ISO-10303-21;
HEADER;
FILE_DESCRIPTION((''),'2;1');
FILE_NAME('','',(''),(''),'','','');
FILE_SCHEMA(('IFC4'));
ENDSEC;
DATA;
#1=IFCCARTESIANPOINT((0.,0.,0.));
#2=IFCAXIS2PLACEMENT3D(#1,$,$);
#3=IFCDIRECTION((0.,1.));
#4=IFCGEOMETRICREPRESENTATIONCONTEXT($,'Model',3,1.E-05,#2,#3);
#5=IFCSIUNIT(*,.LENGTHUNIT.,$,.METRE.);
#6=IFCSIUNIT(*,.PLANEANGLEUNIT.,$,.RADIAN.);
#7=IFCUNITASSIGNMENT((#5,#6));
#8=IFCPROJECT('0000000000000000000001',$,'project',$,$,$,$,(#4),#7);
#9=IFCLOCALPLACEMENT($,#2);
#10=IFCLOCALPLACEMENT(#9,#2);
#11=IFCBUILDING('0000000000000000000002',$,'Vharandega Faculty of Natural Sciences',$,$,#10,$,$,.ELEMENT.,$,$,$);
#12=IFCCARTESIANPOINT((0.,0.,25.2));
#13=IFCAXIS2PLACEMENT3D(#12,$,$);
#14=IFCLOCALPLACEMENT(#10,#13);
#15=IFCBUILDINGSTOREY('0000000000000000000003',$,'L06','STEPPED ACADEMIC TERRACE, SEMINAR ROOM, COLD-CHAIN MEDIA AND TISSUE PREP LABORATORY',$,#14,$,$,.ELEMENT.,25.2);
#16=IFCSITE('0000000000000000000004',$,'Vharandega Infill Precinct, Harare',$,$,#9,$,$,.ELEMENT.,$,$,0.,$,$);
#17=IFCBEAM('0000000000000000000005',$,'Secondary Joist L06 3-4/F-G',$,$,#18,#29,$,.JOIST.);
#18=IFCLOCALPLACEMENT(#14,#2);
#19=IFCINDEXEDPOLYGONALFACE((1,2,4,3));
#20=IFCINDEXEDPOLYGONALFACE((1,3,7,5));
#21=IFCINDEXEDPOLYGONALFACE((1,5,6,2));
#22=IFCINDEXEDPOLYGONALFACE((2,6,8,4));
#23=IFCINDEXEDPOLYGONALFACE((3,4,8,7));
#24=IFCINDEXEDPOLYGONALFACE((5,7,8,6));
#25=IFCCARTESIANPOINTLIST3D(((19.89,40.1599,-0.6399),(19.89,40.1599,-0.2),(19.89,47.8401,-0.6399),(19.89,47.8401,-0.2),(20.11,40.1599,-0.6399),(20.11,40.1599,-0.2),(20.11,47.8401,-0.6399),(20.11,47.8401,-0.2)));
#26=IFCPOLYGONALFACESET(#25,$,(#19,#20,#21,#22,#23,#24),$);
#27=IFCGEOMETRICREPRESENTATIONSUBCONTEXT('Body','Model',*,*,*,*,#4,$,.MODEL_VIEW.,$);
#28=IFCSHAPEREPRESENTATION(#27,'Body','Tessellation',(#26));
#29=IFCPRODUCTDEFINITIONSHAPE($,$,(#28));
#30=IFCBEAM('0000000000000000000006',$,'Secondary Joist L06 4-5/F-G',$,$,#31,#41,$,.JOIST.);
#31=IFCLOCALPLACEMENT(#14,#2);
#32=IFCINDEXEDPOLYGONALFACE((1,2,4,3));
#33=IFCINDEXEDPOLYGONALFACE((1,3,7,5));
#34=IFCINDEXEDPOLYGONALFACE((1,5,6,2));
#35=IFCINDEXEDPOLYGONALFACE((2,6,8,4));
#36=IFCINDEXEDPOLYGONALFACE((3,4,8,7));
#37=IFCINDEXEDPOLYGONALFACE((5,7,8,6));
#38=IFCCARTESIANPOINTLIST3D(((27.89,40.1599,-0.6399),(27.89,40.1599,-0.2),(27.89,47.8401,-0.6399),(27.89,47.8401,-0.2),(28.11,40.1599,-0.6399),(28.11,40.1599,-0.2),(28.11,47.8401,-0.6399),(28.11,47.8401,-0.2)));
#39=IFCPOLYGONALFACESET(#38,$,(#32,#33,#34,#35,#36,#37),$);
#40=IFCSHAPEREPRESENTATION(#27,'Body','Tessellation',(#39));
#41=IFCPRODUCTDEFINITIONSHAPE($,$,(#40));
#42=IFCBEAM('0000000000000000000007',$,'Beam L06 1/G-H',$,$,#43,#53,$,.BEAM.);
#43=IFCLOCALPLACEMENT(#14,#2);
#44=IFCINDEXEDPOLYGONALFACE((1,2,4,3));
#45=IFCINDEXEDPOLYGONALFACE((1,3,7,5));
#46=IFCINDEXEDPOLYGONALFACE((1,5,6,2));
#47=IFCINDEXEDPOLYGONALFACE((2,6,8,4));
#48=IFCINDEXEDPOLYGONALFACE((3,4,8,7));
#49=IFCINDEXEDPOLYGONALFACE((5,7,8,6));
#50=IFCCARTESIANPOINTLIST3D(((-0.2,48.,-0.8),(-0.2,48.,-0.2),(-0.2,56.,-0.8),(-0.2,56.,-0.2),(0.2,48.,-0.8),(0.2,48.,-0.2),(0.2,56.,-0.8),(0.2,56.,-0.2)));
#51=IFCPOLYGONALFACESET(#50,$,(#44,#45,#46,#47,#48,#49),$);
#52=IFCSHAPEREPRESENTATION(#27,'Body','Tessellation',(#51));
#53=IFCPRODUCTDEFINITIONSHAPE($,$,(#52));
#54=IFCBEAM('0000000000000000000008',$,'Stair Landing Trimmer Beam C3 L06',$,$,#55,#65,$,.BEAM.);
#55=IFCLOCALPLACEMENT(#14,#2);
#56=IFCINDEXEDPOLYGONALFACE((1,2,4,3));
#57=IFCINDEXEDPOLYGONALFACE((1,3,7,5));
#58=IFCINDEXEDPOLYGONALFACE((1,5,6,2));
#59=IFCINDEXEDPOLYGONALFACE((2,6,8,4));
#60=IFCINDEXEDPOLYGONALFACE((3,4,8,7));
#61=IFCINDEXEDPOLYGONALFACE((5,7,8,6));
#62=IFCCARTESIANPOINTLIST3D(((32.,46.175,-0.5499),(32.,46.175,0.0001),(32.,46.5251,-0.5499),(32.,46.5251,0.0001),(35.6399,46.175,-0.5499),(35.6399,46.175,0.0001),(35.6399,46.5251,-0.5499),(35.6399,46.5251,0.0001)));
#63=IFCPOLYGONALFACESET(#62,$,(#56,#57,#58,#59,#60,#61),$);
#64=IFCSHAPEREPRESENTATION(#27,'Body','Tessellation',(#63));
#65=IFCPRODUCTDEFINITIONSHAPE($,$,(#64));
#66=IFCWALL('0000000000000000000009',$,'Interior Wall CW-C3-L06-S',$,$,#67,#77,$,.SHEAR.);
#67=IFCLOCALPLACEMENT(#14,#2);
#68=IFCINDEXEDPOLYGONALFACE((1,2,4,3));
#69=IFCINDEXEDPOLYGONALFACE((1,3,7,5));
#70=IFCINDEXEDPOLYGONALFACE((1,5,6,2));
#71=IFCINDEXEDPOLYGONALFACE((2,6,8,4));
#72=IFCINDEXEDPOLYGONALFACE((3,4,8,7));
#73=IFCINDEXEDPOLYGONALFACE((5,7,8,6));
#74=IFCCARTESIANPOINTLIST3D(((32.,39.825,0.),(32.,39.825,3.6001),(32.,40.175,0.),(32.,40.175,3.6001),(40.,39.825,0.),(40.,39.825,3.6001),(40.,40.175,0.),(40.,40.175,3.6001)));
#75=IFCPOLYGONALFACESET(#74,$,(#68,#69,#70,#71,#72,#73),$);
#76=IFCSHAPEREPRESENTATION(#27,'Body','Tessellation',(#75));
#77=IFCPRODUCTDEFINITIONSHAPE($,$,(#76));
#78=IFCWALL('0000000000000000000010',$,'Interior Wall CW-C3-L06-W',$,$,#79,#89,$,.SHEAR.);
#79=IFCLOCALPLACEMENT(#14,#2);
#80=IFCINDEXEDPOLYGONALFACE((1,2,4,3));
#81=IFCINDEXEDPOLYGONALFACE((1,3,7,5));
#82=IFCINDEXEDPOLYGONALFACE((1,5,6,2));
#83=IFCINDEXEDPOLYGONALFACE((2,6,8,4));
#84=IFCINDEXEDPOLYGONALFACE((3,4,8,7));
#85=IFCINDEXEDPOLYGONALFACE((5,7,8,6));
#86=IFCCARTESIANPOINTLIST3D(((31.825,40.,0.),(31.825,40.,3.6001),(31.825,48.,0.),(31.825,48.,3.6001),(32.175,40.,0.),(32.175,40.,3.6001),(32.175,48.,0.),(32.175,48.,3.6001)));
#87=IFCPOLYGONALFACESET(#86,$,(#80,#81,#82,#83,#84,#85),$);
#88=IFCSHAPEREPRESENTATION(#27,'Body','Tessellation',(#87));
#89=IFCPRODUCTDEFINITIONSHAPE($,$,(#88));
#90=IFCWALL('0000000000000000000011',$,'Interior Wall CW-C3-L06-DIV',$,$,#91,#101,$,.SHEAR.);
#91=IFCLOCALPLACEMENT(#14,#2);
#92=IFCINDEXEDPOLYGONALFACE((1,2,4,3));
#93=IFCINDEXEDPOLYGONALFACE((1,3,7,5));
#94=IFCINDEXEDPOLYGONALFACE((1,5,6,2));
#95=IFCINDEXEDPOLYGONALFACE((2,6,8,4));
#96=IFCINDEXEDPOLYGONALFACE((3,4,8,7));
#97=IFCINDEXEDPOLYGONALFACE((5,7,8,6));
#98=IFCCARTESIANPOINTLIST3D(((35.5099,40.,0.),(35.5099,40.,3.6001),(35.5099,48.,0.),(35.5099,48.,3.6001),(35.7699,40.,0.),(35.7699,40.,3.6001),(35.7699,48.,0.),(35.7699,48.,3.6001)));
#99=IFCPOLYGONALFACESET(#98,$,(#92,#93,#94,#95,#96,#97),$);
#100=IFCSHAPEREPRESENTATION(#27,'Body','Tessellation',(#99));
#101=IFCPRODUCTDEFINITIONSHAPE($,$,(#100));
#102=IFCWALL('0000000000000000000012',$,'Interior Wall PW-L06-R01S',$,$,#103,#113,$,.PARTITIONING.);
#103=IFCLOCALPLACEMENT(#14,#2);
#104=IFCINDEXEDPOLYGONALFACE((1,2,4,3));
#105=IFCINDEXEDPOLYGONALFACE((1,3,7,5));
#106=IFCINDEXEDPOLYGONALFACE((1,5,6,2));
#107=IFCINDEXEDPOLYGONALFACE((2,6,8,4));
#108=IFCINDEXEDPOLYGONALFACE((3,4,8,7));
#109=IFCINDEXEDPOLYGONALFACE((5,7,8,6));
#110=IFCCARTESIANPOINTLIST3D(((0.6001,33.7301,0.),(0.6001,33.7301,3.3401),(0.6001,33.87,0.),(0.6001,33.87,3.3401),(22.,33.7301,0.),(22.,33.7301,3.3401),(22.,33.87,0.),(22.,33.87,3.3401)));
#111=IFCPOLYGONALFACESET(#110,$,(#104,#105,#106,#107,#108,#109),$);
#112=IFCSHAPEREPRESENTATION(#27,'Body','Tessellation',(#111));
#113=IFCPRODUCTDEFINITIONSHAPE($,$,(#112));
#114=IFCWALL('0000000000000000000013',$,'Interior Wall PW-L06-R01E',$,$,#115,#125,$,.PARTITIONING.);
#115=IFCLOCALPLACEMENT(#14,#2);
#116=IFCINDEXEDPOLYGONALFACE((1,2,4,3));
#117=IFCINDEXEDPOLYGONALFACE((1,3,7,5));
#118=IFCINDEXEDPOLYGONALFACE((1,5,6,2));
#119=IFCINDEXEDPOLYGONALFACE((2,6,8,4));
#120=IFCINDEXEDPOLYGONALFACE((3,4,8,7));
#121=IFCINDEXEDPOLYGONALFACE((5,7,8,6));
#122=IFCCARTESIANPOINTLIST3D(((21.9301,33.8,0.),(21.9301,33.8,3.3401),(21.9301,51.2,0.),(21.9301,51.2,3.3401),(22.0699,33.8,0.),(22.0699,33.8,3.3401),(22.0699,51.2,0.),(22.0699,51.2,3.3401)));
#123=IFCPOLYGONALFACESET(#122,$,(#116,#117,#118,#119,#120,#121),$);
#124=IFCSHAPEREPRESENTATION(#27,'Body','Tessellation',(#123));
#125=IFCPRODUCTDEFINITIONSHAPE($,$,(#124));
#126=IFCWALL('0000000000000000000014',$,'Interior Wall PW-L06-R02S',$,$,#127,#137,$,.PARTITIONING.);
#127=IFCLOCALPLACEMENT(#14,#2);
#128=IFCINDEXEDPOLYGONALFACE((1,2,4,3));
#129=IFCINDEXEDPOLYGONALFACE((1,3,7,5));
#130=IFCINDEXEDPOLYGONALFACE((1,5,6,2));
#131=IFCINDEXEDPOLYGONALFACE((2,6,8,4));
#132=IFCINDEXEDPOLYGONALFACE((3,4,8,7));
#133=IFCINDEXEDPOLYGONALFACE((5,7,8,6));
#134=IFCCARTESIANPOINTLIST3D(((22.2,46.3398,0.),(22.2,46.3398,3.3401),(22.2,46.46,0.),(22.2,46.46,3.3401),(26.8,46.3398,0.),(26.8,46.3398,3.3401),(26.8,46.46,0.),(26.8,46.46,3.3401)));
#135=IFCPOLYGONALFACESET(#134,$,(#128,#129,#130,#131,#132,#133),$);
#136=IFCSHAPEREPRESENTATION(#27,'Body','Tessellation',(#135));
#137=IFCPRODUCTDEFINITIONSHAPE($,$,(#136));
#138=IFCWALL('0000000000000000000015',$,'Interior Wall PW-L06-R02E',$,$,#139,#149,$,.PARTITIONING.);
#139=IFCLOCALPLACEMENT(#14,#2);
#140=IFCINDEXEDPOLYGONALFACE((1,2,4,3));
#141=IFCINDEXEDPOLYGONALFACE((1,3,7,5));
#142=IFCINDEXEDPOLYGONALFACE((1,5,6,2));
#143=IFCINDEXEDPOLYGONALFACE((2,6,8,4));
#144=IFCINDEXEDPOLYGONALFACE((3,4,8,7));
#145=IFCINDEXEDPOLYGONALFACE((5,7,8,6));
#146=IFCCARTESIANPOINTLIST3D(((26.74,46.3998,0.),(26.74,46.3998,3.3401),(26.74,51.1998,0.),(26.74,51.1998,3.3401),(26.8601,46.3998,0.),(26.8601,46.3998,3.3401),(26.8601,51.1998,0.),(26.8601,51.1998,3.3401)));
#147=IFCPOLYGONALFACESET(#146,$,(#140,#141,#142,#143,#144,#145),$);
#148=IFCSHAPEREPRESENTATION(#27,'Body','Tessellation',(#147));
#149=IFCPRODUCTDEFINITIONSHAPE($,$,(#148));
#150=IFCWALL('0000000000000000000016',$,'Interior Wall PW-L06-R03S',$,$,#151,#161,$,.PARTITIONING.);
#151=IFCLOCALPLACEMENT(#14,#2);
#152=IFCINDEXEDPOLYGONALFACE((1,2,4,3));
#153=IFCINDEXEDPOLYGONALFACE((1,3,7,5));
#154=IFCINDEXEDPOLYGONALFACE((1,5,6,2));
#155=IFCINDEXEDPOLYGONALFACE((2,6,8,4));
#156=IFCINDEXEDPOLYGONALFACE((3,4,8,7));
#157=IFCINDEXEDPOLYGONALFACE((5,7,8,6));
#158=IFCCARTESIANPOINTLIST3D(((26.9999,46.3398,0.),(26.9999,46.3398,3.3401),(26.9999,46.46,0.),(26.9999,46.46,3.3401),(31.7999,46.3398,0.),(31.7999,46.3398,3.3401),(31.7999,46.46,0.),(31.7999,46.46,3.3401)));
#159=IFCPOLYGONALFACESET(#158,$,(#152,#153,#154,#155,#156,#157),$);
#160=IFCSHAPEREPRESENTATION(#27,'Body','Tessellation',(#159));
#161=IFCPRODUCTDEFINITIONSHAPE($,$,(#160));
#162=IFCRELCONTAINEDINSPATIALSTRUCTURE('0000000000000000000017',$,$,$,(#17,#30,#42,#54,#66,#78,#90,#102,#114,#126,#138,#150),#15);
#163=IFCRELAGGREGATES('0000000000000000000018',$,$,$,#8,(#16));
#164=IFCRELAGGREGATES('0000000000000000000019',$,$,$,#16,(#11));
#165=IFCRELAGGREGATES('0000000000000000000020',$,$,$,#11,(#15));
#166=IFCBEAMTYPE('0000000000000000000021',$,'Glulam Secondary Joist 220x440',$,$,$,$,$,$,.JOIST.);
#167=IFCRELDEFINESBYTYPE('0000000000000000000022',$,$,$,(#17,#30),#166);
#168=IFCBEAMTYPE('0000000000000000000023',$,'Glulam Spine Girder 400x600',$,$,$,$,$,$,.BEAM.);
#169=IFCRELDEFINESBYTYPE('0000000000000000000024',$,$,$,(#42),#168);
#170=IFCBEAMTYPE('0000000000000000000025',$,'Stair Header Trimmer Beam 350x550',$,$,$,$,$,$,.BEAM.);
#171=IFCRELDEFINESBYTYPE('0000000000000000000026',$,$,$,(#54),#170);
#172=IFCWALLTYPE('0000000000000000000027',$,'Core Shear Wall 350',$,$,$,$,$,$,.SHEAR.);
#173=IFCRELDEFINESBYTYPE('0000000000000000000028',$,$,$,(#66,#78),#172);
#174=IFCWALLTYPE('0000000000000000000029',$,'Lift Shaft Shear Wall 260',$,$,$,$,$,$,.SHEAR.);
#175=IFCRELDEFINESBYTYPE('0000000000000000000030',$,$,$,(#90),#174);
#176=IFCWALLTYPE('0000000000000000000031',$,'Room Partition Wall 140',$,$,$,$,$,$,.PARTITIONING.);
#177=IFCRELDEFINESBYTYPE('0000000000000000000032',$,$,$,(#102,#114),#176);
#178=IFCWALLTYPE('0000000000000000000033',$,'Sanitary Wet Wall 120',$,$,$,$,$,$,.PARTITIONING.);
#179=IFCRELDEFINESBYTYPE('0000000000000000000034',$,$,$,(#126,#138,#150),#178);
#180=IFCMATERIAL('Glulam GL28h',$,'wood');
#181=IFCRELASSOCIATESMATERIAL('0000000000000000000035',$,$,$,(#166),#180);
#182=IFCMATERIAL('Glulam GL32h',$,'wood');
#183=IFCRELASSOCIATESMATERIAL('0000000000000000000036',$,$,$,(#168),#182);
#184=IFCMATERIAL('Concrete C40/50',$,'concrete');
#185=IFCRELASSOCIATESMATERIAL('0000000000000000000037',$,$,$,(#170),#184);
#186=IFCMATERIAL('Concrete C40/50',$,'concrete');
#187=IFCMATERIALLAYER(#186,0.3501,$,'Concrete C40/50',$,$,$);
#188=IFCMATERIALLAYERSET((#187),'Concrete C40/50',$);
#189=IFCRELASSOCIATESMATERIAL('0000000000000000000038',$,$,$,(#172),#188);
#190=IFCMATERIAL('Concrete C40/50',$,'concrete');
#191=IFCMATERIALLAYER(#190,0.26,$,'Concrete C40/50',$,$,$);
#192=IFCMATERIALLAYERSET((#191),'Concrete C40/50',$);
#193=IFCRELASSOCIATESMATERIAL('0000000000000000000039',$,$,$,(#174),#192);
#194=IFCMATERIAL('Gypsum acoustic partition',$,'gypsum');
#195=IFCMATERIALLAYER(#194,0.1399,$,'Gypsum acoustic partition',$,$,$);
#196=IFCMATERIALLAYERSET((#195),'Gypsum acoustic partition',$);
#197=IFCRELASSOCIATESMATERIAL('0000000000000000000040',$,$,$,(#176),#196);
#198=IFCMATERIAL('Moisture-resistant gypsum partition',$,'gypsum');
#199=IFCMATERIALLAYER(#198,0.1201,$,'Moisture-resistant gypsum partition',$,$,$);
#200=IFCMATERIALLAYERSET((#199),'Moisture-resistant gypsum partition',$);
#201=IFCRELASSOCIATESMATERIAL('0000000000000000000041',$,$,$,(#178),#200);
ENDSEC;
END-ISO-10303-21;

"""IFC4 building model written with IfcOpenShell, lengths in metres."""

from ifc_helpers import new_model, si_unit, direction, frame, frame_2d, origin, origin_2d, place, context, subcontext, project, spatial, rectangle, extrude, material, layer, layer_set, material_profile, profile_set, type_object, element, save


model = new_model("IFC4")

# Units and contexts
model_context = context("Model", 3, precision=1e-05, world=origin(), true_north=direction((0.0, 1.0)))
body_context = subcontext(model_context, "Body", "Model", "MODEL_VIEW")
ifc_project = project(units=[si_unit("LENGTHUNIT", "METRE"), si_unit("PLANEANGLEUNIT", "RADIAN")], contexts=[model_context])

# Site, building, storey
site_placement = place(None, origin())
site = spatial("IfcSite", under=ifc_project, at=site_placement, Name="Vharandega Infill Precinct, Harare", CompositionType="ELEMENT", RefElevation=0.0)
building_placement = place(site_placement, origin())
building = spatial("IfcBuilding", under=site, at=building_placement, Name="Vharandega Faculty of Natural Sciences", CompositionType="ELEMENT")
storey_placement = place(building_placement, frame((0.0, 0.0, 25.2)))
storey = spatial("IfcBuildingStorey", under=building, at=storey_placement, Name="L06", Description="STEPPED ACADEMIC TERRACE, SEMINAR ROOM, COLD-CHAIN MEDIA AND TISSUE PREP LABORATORY", CompositionType="ELEMENT", Elevation=25.2)

# Beams
ifc_material_1 = material(Name="Glulam GL28h", Category="wood")
ifc_material_profile_1 = material_profile(ifc_material_1, rectangle(XDim=0.22, YDim=0.4399, at=origin_2d()), Name="GL28h 220x440")
ifc_profile_set_1 = profile_set([ifc_material_profile_1], Name="Glulam GL28h")
beam_type_1 = type_object("IfcBeamType", Name="Glulam Secondary Joist 220x440", PredefinedType="JOIST", material=ifc_profile_set_1)
for number, where, z_axis, x_axis, name in (
    (1, (20.0, 40.1599, -0.4199), (0.0, 1.0, 0.0), (-1.0, 0.0, 0.0), "Secondary Joist L06 3-4/F-G"),
    (2, (28.0, 40.1599, -0.4199), (0.0, 1.0, 0.0), (-1.0, 0.0, 0.0), "Secondary Joist L06 4-5/F-G"),
):
    element("IfcBeam", number, at=place(storey_placement, frame(where, z_axis=z_axis, x_axis=x_axis)), inside=storey, type_object=beam_type_1, Name=name, PredefinedType="JOIST", context=body_context, shape_type="SweptSolid", body=[
        extrude(rectangle(XDim=0.22, YDim=0.4399, at=origin_2d()), origin(), (0.0, 0.0, 1.0), 7.6802),
    ])
ifc_material_2 = material(Name="Glulam GL32h", Category="wood")
ifc_material_profile_2 = material_profile(ifc_material_2, rectangle(XDim=0.3999, YDim=0.6001, at=origin_2d()), Name="GL32h 400x600")
ifc_profile_set_2 = profile_set([ifc_material_profile_2], Name="Glulam GL32h")
beam_type_2 = type_object("IfcBeamType", Name="Glulam Spine Girder 400x600", PredefinedType="BEAM", material=ifc_profile_set_2)
beam_1_placement = place(storey_placement, frame((0.0, 48.0, -0.5), z_axis=(0.0, 1.0, 0.0), x_axis=(-1.0, 0.0, 0.0)))
element("IfcBeam", 3, at=beam_1_placement, inside=storey, type_object=beam_type_2, Name="Beam L06 1/G-H", PredefinedType="BEAM", context=body_context, shape_type="SweptSolid", body=[
    extrude(rectangle(XDim=0.3999, YDim=0.6001, at=origin_2d()), origin(), (0.0, 0.0, 1.0), 8.0),
])
ifc_material_3 = material(Name="Concrete C40/50", Category="concrete")
ifc_material_profile_3 = material_profile(ifc_material_3, rectangle(XDim=0.3501, YDim=0.55, at=origin_2d()), Name="RC 350x550")
ifc_profile_set_3 = profile_set([ifc_material_profile_3], Name="Concrete C40/50")
beam_type_3 = type_object("IfcBeamType", Name="Stair Header Trimmer Beam 350x550", PredefinedType="BEAM", material=ifc_profile_set_3)
beam_2_placement = place(storey_placement, frame((32.0, 46.3501, -0.2749), z_axis=(1.0, 0.0, 0.0), x_axis=(0.0, 1.0, 0.0)))
element("IfcBeam", 4, at=beam_2_placement, inside=storey, type_object=beam_type_3, Name="Stair Landing Trimmer Beam C3 L06", PredefinedType="BEAM", context=body_context, shape_type="SweptSolid", body=[
    extrude(rectangle(XDim=0.3501, YDim=0.55, at=origin_2d()), origin(), (0.0, 0.0, 1.0), 3.6399),
])

# Walls
ifc_material_4 = material(Name="Concrete C40/50", Category="concrete")
ifc_layer_1 = layer(ifc_material_4, 0.3501, Name="Concrete C40/50")
ifc_layer_set_1 = layer_set([ifc_layer_1], Name="Concrete C40/50")
wall_type_1 = type_object("IfcWallType", Name="Core Shear Wall 350", PredefinedType="SHEAR", material=ifc_layer_set_1)
for number, where, z_axis, x_axis, name in (
    (5, (32.0, 40.0, 0.0), (0.0, 0.0, 1.0), (1.0, 0.0, 0.0), "Interior Wall CW-C3-L06-S"),
    (6, (32.0, 40.0, 0.0), (0.0, 0.0, 1.0), (0.0, 1.0, 0.0), "Interior Wall CW-C3-L06-W"),
):
    element("IfcWall", number, at=place(storey_placement, frame(where, z_axis=z_axis, x_axis=x_axis)), inside=storey, type_object=wall_type_1, Name=name, PredefinedType="SHEAR", context=body_context, shape_type="SweptSolid", body=[
        extrude(rectangle(XDim=8.0, YDim=0.3501, at=frame_2d((4.0, 0.0))), origin(), (0.0, 0.0, 1.0), 3.6001),
    ])
ifc_material_5 = material(Name="Concrete C40/50", Category="concrete")
ifc_layer_2 = layer(ifc_material_5, 0.26, Name="Concrete C40/50")
ifc_layer_set_2 = layer_set([ifc_layer_2], Name="Concrete C40/50")
wall_type_2 = type_object("IfcWallType", Name="Lift Shaft Shear Wall 260", PredefinedType="SHEAR", material=ifc_layer_set_2)
wall_1_placement = place(storey_placement, frame((35.6399, 40.0, 0.0), z_axis=(0.0, 0.0, 1.0), x_axis=(0.0, 1.0, 0.0)))
element("IfcWall", 7, at=wall_1_placement, inside=storey, type_object=wall_type_2, Name="Interior Wall CW-C3-L06-DIV", PredefinedType="SHEAR", context=body_context, shape_type="SweptSolid", body=[
    extrude(rectangle(XDim=8.0, YDim=0.26, at=frame_2d((4.0, 0.0))), origin(), (0.0, 0.0, 1.0), 3.6001),
])
ifc_material_6 = material(Name="Gypsum acoustic partition", Category="gypsum")
ifc_layer_3 = layer(ifc_material_6, 0.1399, Name="Gypsum acoustic partition")
ifc_layer_set_3 = layer_set([ifc_layer_3], Name="Gypsum acoustic partition")
wall_type_3 = type_object("IfcWallType", Name="Room Partition Wall 140", PredefinedType="PARTITIONING", material=ifc_layer_set_3)
wall_2_placement = place(storey_placement, frame((0.6001, 33.8, 0.0), z_axis=(0.0, 0.0, 1.0), x_axis=(1.0, 0.0, 0.0)))
element("IfcWall", 8, at=wall_2_placement, inside=storey, type_object=wall_type_3, Name="Interior Wall PW-L06-R01S", PredefinedType="PARTITIONING", context=body_context, shape_type="SweptSolid", body=[
    extrude(rectangle(XDim=21.3999, YDim=0.1399, at=frame_2d((10.7, 0.0))), origin(), (0.0, 0.0, 1.0), 3.3401),
])
wall_3_placement = place(storey_placement, frame((22.0, 33.8, 0.0), z_axis=(0.0, 0.0, 1.0), x_axis=(0.0, 1.0, 0.0)))
element("IfcWall", 9, at=wall_3_placement, inside=storey, type_object=wall_type_3, Name="Interior Wall PW-L06-R01E", PredefinedType="PARTITIONING", context=body_context, shape_type="SweptSolid", body=[
    extrude(rectangle(XDim=17.3999, YDim=0.1399, at=frame_2d((8.7, 0.0))), origin(), (0.0, 0.0, 1.0), 3.3401),
])
ifc_material_7 = material(Name="Moisture-resistant gypsum partition", Category="gypsum")
ifc_layer_4 = layer(ifc_material_7, 0.1201, Name="Moisture-resistant gypsum partition")
ifc_layer_set_4 = layer_set([ifc_layer_4], Name="Moisture-resistant gypsum partition")
wall_type_4 = type_object("IfcWallType", Name="Sanitary Wet Wall 120", PredefinedType="PARTITIONING", material=ifc_layer_set_4)
wall_4_placement = place(storey_placement, frame((22.2, 46.3999, 0.0), z_axis=(0.0, 0.0, 1.0), x_axis=(1.0, 0.0, 0.0)))
element("IfcWall", 10, at=wall_4_placement, inside=storey, type_object=wall_type_4, Name="Interior Wall PW-L06-R02S", PredefinedType="PARTITIONING", context=body_context, shape_type="SweptSolid", body=[
    extrude(rectangle(XDim=4.6001, YDim=0.1201, at=frame_2d((2.3, 0.0))), origin(), (0.0, 0.0, 1.0), 3.3401),
])
for number, where, z_axis, x_axis, name in (
    (11, (26.8, 46.3999, 0.0), (0.0, 0.0, 1.0), (0.0, 1.0, 0.0), "Interior Wall PW-L06-R02E"),
    (12, (27.0, 46.3999, 0.0), (0.0, 0.0, 1.0), (1.0, 0.0, 0.0), "Interior Wall PW-L06-R03S"),
):
    element("IfcWall", number, at=place(storey_placement, frame(where, z_axis=z_axis, x_axis=x_axis)), inside=storey, type_object=wall_type_4, Name=name, PredefinedType="PARTITIONING", context=body_context, shape_type="SweptSolid", body=[
        extrude(rectangle(XDim=4.8, YDim=0.1201, at=frame_2d((2.3999, 0.0))), origin(), (0.0, 0.0, 1.0), 3.3401),
    ])

save(model, "model.ifc")
